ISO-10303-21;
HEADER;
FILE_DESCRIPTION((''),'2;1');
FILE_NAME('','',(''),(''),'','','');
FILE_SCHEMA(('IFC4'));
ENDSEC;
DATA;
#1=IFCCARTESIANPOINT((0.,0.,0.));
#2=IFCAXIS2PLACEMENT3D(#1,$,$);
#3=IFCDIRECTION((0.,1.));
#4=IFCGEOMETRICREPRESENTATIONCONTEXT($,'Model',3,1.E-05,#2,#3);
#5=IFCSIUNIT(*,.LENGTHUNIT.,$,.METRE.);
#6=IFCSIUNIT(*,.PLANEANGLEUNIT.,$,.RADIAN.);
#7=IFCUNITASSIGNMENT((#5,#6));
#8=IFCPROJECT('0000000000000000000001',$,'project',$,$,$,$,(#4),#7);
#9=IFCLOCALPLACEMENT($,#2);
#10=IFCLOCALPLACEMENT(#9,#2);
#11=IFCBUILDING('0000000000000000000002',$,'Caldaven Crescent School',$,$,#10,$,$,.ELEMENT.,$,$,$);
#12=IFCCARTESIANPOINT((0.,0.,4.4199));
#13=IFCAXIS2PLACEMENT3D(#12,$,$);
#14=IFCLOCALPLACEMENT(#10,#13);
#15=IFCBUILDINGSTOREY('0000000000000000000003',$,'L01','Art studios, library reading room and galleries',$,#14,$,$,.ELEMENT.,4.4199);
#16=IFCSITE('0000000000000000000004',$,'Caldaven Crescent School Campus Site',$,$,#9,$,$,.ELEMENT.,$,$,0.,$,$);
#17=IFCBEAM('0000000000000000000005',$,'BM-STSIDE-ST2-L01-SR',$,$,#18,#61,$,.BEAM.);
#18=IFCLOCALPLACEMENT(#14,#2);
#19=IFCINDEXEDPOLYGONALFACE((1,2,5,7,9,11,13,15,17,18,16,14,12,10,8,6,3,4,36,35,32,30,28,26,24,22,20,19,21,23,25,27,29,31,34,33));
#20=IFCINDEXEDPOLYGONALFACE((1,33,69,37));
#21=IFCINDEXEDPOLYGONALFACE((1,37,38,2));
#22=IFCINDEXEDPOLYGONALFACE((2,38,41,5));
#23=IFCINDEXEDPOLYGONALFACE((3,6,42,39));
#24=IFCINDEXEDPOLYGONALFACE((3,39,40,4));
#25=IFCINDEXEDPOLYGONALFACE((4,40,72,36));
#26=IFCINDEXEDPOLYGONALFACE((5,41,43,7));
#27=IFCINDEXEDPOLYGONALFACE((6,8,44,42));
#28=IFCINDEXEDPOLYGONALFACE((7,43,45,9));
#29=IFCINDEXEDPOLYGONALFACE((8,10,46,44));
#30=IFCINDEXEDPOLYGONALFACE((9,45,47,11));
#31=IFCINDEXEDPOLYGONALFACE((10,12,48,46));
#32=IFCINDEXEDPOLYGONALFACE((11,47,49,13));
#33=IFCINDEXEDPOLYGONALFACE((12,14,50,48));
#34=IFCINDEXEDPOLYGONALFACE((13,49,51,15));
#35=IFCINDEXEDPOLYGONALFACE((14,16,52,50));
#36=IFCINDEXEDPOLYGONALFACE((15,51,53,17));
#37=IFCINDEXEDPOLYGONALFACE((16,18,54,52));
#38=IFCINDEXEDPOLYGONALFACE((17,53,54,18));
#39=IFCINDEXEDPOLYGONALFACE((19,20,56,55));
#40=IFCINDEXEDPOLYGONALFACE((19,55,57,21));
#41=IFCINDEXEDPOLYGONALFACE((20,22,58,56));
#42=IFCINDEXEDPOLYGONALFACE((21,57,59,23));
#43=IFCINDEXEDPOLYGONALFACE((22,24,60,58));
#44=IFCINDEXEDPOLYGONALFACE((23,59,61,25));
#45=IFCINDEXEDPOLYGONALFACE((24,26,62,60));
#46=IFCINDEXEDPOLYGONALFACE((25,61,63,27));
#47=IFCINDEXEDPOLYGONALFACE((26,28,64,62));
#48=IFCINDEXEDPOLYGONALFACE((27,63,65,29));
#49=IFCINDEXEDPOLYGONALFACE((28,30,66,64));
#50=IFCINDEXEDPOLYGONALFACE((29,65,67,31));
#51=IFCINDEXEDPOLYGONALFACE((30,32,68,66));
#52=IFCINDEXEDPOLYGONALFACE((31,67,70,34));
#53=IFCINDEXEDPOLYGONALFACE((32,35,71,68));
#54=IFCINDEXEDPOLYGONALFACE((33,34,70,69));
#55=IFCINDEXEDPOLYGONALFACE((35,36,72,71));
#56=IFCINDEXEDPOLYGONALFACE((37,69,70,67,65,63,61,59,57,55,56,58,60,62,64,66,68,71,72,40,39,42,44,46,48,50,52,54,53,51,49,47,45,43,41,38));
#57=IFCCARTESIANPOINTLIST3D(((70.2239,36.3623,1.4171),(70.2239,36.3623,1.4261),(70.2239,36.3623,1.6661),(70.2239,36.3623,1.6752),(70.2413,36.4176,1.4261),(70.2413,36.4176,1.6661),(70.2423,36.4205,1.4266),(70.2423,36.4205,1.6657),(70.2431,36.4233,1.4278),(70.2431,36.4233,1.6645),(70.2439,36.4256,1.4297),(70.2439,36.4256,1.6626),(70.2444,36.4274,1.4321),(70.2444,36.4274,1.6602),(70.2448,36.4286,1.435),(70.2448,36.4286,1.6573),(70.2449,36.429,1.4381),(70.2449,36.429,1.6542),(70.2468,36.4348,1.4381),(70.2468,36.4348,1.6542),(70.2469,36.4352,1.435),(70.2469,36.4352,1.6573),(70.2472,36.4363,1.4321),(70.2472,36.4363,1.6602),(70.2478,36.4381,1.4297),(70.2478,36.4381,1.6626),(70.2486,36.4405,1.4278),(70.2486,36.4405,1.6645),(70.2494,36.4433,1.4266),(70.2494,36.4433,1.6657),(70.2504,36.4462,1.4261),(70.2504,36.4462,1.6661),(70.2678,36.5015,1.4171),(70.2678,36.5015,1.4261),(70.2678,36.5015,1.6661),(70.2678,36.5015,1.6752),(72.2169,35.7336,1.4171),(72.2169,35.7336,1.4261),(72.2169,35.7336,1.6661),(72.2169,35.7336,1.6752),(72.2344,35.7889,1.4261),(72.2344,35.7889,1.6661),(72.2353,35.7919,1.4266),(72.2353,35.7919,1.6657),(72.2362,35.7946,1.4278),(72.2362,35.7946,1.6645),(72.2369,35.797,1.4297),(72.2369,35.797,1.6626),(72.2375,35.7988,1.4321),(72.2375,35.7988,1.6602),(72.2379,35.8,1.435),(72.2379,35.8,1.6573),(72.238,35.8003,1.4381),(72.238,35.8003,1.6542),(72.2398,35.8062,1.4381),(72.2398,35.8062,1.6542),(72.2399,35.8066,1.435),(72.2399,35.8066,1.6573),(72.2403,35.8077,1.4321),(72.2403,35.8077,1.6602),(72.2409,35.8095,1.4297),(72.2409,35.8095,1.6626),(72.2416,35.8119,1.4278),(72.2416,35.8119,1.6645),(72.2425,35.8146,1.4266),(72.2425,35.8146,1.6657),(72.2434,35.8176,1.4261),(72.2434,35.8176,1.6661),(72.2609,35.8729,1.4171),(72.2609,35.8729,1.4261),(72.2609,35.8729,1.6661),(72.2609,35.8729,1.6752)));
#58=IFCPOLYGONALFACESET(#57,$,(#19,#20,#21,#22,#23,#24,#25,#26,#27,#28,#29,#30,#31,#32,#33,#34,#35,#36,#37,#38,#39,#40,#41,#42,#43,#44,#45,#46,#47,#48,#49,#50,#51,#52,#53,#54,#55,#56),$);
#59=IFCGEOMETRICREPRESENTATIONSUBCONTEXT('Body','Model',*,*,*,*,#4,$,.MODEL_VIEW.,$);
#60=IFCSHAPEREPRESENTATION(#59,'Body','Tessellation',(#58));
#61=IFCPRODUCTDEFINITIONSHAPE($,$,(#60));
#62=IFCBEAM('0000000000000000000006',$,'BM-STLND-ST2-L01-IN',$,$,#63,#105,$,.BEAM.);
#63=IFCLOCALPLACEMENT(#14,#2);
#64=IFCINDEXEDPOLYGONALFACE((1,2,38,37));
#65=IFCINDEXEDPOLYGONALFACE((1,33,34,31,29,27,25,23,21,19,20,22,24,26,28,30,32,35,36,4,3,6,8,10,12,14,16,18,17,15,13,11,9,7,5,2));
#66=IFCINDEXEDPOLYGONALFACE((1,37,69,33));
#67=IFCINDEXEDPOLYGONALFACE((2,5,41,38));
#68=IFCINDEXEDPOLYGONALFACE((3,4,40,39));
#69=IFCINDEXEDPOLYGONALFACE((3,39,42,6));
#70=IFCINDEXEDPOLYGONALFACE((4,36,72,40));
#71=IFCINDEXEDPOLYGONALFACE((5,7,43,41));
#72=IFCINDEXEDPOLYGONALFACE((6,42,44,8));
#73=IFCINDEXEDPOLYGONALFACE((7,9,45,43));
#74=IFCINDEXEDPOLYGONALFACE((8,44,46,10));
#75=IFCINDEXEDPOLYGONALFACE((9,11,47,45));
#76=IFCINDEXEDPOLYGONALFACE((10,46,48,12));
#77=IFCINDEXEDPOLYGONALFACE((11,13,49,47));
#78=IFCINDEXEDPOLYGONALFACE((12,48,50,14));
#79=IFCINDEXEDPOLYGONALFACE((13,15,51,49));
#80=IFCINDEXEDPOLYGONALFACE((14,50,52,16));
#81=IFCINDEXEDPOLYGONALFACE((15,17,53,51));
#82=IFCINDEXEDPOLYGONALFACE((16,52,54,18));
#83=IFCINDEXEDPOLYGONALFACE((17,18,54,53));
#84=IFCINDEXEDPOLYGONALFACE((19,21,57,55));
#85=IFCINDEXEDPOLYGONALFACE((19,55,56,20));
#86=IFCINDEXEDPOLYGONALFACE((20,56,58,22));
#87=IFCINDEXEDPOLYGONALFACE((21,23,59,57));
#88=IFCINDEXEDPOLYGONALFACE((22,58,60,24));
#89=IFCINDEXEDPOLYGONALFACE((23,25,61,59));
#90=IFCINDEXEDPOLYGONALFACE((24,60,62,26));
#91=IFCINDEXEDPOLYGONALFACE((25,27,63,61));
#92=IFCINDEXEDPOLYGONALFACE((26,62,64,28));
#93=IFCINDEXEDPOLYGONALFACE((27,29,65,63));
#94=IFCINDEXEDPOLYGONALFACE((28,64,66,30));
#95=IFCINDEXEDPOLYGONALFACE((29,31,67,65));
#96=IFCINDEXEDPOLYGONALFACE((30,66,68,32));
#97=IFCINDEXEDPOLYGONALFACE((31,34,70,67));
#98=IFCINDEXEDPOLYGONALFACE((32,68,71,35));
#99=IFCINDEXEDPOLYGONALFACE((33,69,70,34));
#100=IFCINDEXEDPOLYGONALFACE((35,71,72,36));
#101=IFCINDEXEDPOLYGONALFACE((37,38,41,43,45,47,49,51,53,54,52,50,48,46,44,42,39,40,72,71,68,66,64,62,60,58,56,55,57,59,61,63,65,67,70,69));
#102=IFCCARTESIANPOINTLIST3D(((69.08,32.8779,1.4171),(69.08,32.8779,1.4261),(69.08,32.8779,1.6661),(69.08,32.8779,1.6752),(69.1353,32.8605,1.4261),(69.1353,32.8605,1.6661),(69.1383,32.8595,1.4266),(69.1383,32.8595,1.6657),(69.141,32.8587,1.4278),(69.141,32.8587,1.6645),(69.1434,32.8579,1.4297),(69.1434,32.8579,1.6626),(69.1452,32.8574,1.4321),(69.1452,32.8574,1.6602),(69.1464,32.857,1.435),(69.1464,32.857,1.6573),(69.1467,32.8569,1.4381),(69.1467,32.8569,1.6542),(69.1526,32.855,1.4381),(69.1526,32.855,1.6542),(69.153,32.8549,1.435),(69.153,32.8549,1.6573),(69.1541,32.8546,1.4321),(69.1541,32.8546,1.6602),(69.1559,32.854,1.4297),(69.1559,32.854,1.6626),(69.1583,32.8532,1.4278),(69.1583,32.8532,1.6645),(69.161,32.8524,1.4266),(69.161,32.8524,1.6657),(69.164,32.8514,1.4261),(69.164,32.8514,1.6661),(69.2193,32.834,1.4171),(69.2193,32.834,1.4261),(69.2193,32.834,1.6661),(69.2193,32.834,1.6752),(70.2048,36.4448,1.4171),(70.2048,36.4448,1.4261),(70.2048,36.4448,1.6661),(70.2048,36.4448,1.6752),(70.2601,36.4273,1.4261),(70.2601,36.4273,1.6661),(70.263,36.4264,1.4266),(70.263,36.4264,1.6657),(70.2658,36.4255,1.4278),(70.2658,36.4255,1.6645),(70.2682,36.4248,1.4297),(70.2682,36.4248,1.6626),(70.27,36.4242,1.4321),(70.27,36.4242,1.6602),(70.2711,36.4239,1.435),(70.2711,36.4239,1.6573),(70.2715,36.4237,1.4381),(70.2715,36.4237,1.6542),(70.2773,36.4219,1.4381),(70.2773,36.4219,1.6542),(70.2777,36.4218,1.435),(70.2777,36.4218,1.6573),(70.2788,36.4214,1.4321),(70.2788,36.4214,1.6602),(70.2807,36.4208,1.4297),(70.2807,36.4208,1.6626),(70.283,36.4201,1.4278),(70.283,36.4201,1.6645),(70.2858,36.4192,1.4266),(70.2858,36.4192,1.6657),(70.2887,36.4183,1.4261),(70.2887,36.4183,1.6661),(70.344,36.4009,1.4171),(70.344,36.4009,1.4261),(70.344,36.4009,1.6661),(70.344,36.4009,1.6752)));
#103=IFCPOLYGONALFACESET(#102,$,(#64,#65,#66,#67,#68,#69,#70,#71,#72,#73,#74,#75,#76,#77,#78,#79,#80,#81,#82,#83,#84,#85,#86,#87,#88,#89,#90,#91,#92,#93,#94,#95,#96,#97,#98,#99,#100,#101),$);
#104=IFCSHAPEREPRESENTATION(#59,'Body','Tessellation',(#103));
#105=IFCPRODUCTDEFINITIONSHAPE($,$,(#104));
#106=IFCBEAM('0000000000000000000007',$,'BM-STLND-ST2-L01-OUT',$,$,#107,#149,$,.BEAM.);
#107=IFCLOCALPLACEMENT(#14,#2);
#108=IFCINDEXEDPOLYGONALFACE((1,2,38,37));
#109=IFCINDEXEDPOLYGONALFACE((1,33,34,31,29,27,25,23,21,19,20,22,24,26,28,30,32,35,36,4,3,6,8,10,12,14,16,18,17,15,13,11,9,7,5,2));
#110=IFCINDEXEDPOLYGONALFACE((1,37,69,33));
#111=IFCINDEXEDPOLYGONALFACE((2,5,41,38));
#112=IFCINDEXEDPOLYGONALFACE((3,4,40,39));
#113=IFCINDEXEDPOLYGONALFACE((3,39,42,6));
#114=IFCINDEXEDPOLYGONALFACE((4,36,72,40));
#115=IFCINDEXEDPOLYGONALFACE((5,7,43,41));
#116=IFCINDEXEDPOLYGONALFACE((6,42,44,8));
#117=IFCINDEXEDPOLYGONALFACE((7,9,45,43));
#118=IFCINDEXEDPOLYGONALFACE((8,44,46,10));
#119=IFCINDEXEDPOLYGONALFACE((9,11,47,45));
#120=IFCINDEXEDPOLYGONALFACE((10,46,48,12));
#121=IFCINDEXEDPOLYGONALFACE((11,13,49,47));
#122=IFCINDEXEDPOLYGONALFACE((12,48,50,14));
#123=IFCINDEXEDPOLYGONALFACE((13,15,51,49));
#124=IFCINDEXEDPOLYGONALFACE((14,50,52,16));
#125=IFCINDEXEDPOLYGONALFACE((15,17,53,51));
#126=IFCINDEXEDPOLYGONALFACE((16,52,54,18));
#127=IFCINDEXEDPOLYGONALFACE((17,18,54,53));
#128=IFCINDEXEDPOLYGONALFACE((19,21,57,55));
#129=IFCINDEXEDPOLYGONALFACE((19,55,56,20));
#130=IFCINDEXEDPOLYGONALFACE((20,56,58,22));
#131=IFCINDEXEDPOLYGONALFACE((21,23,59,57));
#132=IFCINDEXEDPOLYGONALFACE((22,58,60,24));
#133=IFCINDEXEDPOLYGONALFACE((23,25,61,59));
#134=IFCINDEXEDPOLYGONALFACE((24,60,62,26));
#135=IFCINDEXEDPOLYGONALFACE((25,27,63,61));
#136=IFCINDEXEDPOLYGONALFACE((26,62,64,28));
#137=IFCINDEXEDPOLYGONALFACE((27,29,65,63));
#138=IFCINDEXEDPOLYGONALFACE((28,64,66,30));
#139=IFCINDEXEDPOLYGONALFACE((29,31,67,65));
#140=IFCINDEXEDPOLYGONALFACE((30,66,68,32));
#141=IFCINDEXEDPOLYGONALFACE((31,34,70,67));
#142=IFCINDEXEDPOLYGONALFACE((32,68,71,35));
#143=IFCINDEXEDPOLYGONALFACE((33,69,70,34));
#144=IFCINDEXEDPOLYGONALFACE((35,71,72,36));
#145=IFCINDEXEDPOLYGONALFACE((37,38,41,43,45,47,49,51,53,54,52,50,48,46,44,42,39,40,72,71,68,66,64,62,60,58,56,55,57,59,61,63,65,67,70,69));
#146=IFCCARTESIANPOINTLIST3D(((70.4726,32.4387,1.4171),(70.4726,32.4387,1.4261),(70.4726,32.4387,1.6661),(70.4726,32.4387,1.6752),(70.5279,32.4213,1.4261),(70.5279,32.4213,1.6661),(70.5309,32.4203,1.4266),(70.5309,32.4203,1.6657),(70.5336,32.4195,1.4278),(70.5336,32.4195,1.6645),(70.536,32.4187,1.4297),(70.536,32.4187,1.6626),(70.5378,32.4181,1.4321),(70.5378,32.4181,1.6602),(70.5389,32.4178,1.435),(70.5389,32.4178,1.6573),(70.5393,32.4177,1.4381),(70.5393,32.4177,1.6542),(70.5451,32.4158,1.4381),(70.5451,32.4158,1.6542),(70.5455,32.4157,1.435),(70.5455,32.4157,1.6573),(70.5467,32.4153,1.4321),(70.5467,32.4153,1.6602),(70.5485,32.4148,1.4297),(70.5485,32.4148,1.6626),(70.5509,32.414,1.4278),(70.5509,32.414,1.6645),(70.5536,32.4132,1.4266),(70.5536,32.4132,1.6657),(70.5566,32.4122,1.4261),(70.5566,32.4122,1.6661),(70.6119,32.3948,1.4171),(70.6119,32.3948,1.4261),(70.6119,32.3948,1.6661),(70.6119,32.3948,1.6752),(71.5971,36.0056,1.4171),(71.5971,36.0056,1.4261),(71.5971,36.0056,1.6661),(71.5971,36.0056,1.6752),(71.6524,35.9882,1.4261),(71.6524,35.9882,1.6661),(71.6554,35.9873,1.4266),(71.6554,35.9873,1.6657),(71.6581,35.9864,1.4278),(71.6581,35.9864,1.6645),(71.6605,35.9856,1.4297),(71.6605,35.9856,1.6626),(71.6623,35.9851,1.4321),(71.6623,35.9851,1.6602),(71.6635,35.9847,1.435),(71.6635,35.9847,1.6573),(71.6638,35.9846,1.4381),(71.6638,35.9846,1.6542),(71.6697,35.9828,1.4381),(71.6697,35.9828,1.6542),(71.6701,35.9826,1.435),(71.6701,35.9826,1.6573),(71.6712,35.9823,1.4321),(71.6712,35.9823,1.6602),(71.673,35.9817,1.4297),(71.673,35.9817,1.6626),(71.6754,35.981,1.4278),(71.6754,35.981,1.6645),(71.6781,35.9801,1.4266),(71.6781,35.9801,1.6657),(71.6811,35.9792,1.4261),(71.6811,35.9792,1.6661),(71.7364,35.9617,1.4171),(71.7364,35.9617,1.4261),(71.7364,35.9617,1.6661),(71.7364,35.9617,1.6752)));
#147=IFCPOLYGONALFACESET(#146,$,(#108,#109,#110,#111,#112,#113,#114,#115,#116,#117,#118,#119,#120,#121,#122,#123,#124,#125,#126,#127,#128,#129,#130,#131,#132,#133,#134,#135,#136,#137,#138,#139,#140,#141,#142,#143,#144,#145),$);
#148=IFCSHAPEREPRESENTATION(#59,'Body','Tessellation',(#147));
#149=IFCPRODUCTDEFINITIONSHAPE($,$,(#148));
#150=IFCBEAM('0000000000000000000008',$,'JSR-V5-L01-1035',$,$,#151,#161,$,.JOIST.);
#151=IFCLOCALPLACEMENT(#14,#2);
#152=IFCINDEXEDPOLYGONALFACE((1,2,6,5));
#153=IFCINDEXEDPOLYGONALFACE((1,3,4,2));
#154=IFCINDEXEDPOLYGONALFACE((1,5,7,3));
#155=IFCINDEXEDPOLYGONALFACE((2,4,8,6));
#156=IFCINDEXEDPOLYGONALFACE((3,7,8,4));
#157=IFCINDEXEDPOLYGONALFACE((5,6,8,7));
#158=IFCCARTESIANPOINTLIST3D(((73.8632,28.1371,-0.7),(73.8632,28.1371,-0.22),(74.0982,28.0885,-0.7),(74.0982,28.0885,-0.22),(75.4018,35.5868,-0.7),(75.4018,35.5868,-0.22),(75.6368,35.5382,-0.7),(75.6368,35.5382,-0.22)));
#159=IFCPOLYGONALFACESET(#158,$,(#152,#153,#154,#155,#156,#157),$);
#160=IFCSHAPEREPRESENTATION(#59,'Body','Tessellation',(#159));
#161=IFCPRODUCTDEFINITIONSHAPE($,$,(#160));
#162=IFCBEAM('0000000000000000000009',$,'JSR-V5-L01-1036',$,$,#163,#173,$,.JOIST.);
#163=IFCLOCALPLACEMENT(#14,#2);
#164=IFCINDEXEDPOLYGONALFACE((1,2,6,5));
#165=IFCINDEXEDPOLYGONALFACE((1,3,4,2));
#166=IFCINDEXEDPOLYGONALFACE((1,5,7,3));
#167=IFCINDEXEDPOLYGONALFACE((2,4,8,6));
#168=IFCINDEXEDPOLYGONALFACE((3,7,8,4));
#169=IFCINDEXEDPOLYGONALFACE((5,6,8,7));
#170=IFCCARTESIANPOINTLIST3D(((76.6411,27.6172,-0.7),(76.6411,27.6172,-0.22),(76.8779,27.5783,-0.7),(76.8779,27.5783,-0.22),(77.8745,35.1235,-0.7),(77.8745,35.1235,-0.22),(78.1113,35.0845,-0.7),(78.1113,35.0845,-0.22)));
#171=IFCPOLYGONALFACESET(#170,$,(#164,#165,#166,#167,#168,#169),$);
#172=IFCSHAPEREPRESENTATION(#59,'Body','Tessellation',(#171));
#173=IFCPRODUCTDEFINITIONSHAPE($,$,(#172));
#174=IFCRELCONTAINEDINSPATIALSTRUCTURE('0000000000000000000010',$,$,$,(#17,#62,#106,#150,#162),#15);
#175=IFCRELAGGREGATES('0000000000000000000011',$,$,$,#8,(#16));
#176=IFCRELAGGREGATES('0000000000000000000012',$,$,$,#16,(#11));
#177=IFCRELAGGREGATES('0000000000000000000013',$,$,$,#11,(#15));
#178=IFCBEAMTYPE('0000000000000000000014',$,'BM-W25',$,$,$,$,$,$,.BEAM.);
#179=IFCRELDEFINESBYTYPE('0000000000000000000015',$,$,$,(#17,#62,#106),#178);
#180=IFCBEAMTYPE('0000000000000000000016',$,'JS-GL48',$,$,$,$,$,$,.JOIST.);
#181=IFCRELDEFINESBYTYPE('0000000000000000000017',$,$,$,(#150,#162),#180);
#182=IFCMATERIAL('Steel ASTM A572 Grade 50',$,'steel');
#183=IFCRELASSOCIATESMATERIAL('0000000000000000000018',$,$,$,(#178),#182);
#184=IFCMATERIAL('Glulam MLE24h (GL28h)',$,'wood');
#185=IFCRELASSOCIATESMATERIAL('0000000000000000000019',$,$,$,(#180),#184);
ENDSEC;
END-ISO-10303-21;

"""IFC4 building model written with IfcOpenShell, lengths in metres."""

from ifc_helpers import new_model, si_unit, direction, frame, origin, origin_2d, place, context, subcontext, project, spatial, rectangle, i_section, extrude, material, material_profile, profile_set, type_object, element, save


model = new_model("IFC4")

# Units and contexts
model_context = context("Model", 3, precision=1e-05, world=origin(), true_north=direction((0.0, 1.0)))
body_context = subcontext(model_context, "Body", "Model", "MODEL_VIEW")
ifc_project = project(units=[si_unit("LENGTHUNIT", "METRE"), si_unit("PLANEANGLEUNIT", "RADIAN")], contexts=[model_context])

# Site, building, storey
site_placement = place(None, origin())
site = spatial("IfcSite", under=ifc_project, at=site_placement, Name="Caldaven Crescent School Campus Site", CompositionType="ELEMENT", RefElevation=0.0)
building_placement = place(site_placement, origin())
building = spatial("IfcBuilding", under=site, at=building_placement, Name="Caldaven Crescent School", CompositionType="ELEMENT")
storey_placement = place(building_placement, frame((0.0, 0.0, 4.4199)))
storey = spatial("IfcBuildingStorey", under=building, at=storey_placement, Name="L01", Description="Art studios, library reading room and galleries", CompositionType="ELEMENT", Elevation=4.4199)

# Shared definitions
ifc_material_1 = material(Name="Glulam MLE24h (GL28h)", Category="wood")
ifc_material_2 = material(Name="Steel ASTM A572 Grade 50", Category="steel")

# Beams
ifc_material_profile_1 = material_profile(ifc_material_2, i_section(OverallWidth=0.146, OverallDepth=0.2581, WebThickness=0.0061, FlangeThickness=0.009, FilletRadius=0.012, at=origin_2d()), Name="W250x33")
ifc_profile_set_1 = profile_set([ifc_material_profile_1], Name="Steel ASTM A572 Grade 50")
beam_type_1 = type_object("IfcBeamType", Name="BM-W25", PredefinedType="BEAM", material=ifc_profile_set_1)
beam_1_placement = place(storey_placement, frame((70.2458, 36.4319, 1.5461), z_axis=(0.953687, -0.300801, 0.0), x_axis=(0.300801, 0.953687, 0.0)))
element("IfcBeam", 1, at=beam_1_placement, inside=storey, type_object=beam_type_1, Name="BM-STSIDE-ST2-L01-SR", PredefinedType="BEAM", context=body_context, shape_type="SweptSolid", body=[
    extrude(i_section(OverallWidth=0.146, OverallDepth=0.2581, WebThickness=0.0061, FlangeThickness=0.009, FilletRadius=0.012, at=origin_2d()), origin(), (0.0, 0.0, 1.0), 2.0898),
])
for number, where, z_axis, x_axis, name in (
    (2, (69.1497, 32.856, 1.5461), (0.300735, 0.953708, 0.0), (-0.953708, 0.300735, 0.0), "BM-STLND-ST2-L01-IN"),
    (3, (70.5422, 32.4167, 1.5461), (0.300675, 0.953727, 0.0), (-0.953727, 0.300675, 0.0), "BM-STLND-ST2-L01-OUT"),
):
    element("IfcBeam", number, at=place(storey_placement, frame(where, z_axis=z_axis, x_axis=x_axis)), inside=storey, type_object=beam_type_1, Name=name, PredefinedType="BEAM", context=body_context, shape_type="SweptSolid", body=[
        extrude(i_section(OverallWidth=0.146, OverallDepth=0.2581, WebThickness=0.0061, FlangeThickness=0.009, FilletRadius=0.012, at=origin_2d()), origin(), (0.0, 0.0, 1.0), 3.74),
    ])
ifc_material_profile_2 = material_profile(ifc_material_1, rectangle(XDim=0.24, YDim=0.48, at=origin_2d()), Name="MLE 240x480")
ifc_profile_set_2 = profile_set([ifc_material_profile_2], Name="Glulam MLE24h (GL28h)")
beam_type_2 = type_object("IfcBeamType", Name="JS-GL48", PredefinedType="JOIST", material=ifc_profile_set_2)
for number, where, z_axis, x_axis, name in (
    (4, (75.5193, 35.5625, -0.46), (-0.20226, -0.979332, 0.0), (0.979332, -0.20226, 0.0), "JSR-V5-L01-1035"),
    (5, (77.9929, 35.104, -0.46), (-0.16214, -0.986768, 0.0), (0.986768, -0.16214, 0.0), "JSR-V5-L01-1036"),
):
    element("IfcBeam", number, at=place(storey_placement, frame(where, z_axis=z_axis, x_axis=x_axis)), inside=storey, type_object=beam_type_2, Name=name, PredefinedType="JOIST", context=body_context, shape_type="SweptSolid", body=[
        extrude(rectangle(XDim=0.24, YDim=0.48, at=origin_2d()), origin(), (0.0, 0.0, 1.0), 7.6069),
    ])

save(model, "model.ifc")
